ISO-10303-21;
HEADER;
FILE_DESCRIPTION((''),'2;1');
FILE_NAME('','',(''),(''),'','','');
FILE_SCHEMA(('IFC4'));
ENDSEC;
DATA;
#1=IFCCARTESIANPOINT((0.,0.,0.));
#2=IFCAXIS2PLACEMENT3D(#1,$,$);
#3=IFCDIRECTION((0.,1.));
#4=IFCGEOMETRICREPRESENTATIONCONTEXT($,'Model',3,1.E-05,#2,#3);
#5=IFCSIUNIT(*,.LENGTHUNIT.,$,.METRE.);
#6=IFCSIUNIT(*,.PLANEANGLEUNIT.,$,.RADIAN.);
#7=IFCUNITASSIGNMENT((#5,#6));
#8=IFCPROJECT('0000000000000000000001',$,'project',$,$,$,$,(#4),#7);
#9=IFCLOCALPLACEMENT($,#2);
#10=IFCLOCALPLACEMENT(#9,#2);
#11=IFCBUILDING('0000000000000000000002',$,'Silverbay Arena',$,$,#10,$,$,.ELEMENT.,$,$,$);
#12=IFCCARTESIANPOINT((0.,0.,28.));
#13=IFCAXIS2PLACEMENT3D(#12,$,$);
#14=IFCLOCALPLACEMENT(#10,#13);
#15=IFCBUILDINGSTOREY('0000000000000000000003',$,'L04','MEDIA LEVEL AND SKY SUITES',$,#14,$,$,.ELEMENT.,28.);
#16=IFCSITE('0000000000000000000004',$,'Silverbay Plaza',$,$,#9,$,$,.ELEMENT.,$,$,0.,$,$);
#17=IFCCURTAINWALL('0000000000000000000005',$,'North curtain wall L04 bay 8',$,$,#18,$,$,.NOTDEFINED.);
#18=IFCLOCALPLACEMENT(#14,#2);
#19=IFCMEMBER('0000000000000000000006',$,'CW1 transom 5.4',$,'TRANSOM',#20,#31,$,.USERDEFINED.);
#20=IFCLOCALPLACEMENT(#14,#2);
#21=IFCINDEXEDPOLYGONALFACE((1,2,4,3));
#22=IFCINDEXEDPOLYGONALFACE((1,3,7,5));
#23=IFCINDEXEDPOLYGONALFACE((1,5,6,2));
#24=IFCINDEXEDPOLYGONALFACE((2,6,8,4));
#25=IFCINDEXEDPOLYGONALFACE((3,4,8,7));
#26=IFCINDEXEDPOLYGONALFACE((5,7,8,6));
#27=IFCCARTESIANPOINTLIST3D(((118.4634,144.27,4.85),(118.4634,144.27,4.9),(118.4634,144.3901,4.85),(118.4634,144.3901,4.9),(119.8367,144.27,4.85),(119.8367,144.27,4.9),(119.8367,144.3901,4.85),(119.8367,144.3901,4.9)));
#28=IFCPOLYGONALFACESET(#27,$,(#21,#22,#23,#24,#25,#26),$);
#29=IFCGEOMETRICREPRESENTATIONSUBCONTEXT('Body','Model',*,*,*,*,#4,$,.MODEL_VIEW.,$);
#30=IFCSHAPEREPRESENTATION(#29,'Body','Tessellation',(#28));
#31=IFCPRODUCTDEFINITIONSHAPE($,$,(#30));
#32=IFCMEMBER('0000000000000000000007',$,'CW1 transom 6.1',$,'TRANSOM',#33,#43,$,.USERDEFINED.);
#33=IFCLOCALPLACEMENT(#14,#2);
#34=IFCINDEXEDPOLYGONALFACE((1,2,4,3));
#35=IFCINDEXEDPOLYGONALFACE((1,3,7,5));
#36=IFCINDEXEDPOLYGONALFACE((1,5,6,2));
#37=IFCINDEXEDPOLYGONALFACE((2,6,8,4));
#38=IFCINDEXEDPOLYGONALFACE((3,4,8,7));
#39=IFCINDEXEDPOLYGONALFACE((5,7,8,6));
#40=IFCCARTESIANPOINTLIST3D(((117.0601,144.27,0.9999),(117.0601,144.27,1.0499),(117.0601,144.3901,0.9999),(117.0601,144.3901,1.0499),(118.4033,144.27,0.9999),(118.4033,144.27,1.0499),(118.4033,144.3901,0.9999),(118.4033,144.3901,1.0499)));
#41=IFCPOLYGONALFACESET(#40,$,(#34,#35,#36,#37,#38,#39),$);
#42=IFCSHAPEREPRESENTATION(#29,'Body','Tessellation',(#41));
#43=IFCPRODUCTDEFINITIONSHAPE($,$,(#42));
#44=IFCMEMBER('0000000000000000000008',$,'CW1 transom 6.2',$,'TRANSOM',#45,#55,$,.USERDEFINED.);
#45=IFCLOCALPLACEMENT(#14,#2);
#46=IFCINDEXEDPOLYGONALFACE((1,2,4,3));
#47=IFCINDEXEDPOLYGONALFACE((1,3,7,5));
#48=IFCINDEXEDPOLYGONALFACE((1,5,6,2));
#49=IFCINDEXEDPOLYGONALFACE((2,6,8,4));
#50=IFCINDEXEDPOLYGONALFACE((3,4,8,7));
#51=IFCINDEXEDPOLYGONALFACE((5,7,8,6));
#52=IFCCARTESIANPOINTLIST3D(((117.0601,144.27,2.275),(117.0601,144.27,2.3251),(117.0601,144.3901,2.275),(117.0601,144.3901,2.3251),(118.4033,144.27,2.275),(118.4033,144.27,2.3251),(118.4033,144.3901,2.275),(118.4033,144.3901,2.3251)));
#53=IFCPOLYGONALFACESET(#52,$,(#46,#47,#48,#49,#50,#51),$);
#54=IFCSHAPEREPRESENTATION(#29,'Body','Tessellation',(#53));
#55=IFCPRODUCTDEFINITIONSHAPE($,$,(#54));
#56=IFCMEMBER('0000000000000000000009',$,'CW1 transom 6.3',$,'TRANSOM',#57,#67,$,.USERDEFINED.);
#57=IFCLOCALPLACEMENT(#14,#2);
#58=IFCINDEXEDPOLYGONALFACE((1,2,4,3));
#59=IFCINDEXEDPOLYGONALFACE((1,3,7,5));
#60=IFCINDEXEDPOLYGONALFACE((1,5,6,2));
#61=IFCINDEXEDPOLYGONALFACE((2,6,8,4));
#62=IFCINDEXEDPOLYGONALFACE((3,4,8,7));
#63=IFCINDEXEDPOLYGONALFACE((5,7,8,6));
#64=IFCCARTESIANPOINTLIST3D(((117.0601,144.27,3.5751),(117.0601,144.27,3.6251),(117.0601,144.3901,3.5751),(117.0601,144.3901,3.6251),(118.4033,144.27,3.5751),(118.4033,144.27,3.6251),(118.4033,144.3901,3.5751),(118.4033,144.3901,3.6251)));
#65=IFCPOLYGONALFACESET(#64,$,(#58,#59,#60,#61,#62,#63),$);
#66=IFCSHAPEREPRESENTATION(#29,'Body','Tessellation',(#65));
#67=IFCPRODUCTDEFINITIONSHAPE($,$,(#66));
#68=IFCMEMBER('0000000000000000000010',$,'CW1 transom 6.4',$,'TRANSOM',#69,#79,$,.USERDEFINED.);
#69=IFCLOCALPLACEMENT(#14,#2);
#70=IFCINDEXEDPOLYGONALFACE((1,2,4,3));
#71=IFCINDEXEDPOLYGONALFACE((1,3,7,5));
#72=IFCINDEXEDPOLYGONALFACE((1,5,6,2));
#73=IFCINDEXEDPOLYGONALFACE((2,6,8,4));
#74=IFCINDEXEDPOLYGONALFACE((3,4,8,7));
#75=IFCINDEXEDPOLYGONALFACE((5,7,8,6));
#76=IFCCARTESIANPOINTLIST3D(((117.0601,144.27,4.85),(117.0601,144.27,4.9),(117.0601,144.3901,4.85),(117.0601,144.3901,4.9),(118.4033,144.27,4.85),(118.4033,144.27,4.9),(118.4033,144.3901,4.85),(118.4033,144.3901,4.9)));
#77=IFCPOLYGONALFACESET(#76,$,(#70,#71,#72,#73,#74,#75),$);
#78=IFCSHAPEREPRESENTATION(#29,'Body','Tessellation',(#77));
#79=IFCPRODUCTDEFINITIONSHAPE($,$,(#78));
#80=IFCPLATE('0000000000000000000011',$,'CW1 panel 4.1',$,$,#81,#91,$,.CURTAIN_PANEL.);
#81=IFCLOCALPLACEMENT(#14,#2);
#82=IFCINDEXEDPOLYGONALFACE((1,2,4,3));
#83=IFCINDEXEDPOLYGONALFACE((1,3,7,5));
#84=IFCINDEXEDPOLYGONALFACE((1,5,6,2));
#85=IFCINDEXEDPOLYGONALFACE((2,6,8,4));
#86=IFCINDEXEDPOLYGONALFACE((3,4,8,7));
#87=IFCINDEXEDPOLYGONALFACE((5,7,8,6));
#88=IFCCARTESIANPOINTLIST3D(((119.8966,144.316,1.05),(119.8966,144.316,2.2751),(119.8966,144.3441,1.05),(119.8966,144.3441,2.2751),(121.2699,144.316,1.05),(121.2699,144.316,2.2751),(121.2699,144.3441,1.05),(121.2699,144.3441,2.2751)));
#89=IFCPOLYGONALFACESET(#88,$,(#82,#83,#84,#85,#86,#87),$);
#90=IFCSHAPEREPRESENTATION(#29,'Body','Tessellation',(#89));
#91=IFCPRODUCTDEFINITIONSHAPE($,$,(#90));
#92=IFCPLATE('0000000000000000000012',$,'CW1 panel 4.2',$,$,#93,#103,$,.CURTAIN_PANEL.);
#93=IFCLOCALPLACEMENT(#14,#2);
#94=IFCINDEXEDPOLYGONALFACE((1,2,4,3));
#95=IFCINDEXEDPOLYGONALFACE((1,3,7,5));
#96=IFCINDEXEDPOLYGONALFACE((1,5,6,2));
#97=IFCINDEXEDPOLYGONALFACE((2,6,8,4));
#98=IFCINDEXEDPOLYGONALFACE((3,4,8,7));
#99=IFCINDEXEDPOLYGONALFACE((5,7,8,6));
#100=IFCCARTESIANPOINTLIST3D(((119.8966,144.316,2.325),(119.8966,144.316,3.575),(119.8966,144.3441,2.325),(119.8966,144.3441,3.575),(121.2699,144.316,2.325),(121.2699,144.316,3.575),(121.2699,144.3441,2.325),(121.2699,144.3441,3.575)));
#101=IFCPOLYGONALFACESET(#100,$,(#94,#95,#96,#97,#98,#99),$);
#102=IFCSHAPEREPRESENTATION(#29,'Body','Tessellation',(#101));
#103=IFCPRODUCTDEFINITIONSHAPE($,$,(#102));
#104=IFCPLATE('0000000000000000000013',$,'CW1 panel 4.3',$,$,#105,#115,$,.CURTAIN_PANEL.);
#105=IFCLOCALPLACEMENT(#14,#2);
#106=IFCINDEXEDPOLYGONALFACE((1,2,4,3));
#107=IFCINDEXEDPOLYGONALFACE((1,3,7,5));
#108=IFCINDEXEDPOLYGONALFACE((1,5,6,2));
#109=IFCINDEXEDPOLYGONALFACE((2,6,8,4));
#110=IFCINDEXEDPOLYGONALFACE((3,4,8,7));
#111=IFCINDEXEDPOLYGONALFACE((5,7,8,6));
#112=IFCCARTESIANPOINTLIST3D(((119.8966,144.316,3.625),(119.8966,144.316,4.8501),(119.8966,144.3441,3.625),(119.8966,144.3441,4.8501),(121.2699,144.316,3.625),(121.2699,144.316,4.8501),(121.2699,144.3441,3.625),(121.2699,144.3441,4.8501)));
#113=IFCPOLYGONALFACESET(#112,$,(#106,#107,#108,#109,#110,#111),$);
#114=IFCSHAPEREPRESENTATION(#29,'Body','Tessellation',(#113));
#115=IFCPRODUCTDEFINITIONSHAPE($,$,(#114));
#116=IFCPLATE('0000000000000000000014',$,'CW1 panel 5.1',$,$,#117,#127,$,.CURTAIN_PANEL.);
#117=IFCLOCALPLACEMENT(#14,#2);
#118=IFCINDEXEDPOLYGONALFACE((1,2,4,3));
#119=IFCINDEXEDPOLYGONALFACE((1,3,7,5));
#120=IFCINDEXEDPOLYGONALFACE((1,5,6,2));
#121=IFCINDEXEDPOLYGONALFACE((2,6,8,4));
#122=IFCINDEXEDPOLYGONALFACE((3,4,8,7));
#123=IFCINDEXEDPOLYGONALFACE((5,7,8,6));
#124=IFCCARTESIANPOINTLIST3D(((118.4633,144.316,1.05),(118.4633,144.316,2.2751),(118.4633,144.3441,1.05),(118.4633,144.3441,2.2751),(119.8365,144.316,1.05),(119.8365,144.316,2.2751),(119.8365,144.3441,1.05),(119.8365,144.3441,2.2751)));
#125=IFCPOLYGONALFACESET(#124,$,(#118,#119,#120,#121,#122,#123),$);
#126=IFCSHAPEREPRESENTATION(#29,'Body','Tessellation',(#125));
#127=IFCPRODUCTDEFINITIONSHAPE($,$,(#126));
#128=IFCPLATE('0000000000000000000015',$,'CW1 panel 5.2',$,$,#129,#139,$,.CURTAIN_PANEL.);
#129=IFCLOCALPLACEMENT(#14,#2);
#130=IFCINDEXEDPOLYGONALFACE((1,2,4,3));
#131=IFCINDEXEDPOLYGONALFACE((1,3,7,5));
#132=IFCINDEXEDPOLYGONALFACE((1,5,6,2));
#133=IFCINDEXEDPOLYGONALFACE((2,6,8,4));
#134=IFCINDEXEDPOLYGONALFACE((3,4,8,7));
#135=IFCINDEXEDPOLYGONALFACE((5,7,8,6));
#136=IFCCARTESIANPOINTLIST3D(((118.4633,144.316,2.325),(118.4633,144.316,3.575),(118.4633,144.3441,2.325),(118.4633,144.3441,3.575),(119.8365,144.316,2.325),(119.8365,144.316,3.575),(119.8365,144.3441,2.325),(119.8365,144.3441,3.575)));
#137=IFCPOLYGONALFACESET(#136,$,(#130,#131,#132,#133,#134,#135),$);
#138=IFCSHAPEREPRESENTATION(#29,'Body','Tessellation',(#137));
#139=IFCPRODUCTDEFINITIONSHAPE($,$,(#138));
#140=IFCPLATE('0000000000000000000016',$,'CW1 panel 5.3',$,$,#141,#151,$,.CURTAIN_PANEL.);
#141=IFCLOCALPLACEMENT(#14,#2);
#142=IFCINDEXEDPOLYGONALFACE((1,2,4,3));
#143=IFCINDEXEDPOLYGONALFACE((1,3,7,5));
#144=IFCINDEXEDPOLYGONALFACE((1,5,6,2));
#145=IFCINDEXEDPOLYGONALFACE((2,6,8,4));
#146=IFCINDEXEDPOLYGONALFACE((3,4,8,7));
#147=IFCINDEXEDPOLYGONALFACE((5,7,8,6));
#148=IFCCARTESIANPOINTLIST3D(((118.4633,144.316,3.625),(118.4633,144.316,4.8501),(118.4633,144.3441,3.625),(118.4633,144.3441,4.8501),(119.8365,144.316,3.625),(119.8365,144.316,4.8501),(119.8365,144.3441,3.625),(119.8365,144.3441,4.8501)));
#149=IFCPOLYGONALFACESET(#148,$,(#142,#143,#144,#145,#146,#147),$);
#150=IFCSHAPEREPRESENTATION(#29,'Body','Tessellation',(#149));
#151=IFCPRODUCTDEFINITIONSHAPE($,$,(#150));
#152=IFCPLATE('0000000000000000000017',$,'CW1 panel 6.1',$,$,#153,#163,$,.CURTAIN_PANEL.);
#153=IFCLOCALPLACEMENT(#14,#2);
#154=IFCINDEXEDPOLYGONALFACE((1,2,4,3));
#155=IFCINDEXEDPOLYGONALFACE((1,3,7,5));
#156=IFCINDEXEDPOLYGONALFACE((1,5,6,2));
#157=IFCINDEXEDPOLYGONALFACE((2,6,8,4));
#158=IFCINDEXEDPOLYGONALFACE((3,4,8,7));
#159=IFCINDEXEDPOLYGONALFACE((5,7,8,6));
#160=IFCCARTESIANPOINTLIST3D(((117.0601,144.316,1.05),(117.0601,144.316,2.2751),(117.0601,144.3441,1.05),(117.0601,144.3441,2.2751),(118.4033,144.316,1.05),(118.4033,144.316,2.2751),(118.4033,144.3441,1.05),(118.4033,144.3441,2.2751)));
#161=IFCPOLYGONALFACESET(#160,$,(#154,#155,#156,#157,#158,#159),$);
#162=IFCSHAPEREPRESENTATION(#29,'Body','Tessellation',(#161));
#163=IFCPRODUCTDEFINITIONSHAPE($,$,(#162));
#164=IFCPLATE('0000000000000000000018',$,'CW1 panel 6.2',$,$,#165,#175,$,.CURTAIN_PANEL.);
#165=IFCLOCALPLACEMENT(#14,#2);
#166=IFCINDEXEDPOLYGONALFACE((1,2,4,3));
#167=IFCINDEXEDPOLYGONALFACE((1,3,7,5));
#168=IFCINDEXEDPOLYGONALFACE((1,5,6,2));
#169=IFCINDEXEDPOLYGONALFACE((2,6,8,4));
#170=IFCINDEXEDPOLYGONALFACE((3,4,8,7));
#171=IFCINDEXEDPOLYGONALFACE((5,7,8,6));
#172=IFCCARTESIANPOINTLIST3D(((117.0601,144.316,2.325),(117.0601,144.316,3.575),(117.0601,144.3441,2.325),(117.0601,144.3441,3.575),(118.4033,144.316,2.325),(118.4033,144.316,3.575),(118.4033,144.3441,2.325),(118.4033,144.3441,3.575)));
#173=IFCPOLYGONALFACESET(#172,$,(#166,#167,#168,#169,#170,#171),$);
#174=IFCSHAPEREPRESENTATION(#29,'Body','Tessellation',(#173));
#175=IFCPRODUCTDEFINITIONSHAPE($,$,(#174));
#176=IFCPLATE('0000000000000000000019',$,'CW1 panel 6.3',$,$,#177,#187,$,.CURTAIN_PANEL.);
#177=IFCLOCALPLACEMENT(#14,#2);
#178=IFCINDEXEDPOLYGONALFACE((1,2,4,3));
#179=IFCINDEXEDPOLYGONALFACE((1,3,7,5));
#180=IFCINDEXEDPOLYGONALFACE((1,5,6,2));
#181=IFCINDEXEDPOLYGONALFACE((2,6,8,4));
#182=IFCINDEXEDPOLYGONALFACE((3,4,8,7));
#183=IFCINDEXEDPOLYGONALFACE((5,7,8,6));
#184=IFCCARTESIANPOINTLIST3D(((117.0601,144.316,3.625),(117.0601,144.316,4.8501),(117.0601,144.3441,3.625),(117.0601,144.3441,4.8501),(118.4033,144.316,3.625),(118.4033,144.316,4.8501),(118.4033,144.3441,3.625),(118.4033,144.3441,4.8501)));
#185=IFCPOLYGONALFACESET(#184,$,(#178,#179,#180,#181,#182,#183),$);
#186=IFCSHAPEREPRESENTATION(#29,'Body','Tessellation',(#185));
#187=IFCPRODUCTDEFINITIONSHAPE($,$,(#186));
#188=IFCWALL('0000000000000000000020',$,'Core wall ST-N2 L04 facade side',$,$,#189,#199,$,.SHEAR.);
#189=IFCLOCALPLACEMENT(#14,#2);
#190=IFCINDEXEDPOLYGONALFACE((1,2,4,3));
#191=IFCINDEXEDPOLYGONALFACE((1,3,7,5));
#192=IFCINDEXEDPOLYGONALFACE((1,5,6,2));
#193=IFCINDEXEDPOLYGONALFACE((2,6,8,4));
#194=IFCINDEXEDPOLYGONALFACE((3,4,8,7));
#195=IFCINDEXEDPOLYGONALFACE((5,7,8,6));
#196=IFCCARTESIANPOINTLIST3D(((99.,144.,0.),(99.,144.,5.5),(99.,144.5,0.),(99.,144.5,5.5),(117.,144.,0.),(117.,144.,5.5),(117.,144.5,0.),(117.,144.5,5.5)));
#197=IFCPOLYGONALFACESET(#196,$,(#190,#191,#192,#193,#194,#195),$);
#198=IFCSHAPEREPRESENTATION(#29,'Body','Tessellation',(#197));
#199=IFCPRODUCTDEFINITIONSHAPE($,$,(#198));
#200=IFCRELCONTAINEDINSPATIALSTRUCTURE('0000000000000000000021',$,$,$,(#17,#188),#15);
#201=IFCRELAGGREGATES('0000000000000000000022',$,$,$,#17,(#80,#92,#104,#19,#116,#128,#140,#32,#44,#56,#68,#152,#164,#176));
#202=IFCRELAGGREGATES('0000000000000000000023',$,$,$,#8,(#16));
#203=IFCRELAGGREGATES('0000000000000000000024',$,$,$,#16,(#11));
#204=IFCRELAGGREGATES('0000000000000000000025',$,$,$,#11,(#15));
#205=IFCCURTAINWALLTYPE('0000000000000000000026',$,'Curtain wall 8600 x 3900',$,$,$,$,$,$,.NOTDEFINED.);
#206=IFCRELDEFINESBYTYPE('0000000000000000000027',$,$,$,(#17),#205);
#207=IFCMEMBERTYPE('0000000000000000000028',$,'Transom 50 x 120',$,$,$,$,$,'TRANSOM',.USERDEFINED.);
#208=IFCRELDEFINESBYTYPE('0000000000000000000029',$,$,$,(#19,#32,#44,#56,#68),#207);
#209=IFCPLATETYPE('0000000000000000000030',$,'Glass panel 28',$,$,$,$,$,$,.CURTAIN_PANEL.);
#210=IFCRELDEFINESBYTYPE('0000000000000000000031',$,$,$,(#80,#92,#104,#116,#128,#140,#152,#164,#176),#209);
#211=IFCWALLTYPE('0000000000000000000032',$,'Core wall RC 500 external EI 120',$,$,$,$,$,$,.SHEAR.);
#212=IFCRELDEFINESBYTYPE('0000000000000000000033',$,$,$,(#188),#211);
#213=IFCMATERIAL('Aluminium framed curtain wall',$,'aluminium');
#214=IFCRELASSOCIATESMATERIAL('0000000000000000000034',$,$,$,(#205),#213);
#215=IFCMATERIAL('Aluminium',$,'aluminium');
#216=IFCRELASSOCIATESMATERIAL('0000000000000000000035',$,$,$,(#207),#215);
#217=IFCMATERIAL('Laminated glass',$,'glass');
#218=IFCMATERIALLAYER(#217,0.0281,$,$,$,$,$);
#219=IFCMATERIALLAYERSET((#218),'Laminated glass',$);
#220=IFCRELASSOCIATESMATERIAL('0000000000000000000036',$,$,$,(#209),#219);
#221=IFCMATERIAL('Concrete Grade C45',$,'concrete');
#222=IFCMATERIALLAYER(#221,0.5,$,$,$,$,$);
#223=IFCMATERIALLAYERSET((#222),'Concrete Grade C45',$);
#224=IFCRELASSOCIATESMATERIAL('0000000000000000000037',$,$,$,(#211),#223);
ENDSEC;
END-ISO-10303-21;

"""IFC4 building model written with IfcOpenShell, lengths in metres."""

from ifc_helpers import new_model, si_unit, direction, frame, frame_2d, origin, origin_2d, place, context, subcontext, project, spatial, rectangle, extrude, material, layer, layer_set, material_profile, profile_set, type_object, element, aggregate, save


model = new_model("IFC4")

# Units and contexts
model_context = context("Model", 3, precision=1e-05, world=origin(), true_north=direction((0.0, 1.0)))
body_context = subcontext(model_context, "Body", "Model", "MODEL_VIEW")
ifc_project = project(units=[si_unit("LENGTHUNIT", "METRE"), si_unit("PLANEANGLEUNIT", "RADIAN")], contexts=[model_context])

# Site, building, storey
site_placement = place(None, origin())
site = spatial("IfcSite", under=ifc_project, at=site_placement, Name="Silverbay Plaza", CompositionType="ELEMENT", RefElevation=0.0)
building_placement = place(site_placement, origin())
building = spatial("IfcBuilding", under=site, at=building_placement, Name="Silverbay Arena", CompositionType="ELEMENT")
storey_placement = place(building_placement, frame((0.0, 0.0, 28.0)))
storey = spatial("IfcBuildingStorey", under=building, at=storey_placement, Name="L04", Description="MEDIA LEVEL AND SKY SUITES", CompositionType="ELEMENT", Elevation=28.0)

# Curtain wall
ifc_material_1 = material(Name="Aluminium framed curtain wall", Category="aluminium")
curtain_wall_type = type_object("IfcCurtainWallType", Name="Curtain wall 8600 x 3900", PredefinedType="NOTDEFINED", material=ifc_material_1)
curtain_wall_placement = place(storey_placement, origin())
curtain_wall = element("IfcCurtainWall", 1, at=curtain_wall_placement, inside=storey, type_object=curtain_wall_type, Name="North curtain wall L04 bay 8", PredefinedType="NOTDEFINED")

# Members
ifc_material_2 = material(Name="Aluminium", Category="aluminium")
ifc_material_profile_1 = material_profile(ifc_material_2, rectangle(XDim=0.1201, YDim=0.05, at=origin_2d()), Name="Transom 50 x 120")
ifc_profile_set_1 = profile_set([ifc_material_profile_1], Name="Aluminium")
member_type_1 = type_object("IfcMemberType", Name="Transom 50 x 120", ElementType="TRANSOM", PredefinedType="USERDEFINED", material=ifc_profile_set_1)
member_1_placement = place(storey_placement, frame((119.8367, 144.3301, 4.875), z_axis=(-1.0, 0.0, 0.0), x_axis=(0.0, -1.0, 0.0)))
member_1 = element("IfcMember", 2, at=member_1_placement, type_object=member_type_1, Name="CW1 transom 5.4", ObjectType="TRANSOM", PredefinedType="USERDEFINED", context=body_context, shape_type="SweptSolid", body=[
    extrude(rectangle(XDim=0.1201, YDim=0.05, at=origin_2d()), origin(), (0.0, 0.0, 1.0), 1.3733),
])
member_2_placement = place(storey_placement, frame((118.4033, 144.3301, 1.0249), z_axis=(-1.0, 0.0, 0.0), x_axis=(0.0, -1.0, 0.0)))
member_2 = element("IfcMember", 3, at=member_2_placement, type_object=member_type_1, Name="CW1 transom 6.1", ObjectType="TRANSOM", PredefinedType="USERDEFINED", context=body_context, shape_type="SweptSolid", body=[
    extrude(rectangle(XDim=0.1201, YDim=0.05, at=origin_2d()), origin(), (0.0, 0.0, 1.0), 1.3433),
])
member_3_placement = place(storey_placement, frame((118.4033, 144.3301, 2.3), z_axis=(-1.0, 0.0, 0.0), x_axis=(0.0, -1.0, 0.0)))
member_3 = element("IfcMember", 4, at=member_3_placement, type_object=member_type_1, Name="CW1 transom 6.2", ObjectType="TRANSOM", PredefinedType="USERDEFINED", context=body_context, shape_type="SweptSolid", body=[
    extrude(rectangle(XDim=0.1201, YDim=0.05, at=origin_2d()), origin(), (0.0, 0.0, 1.0), 1.3433),
])
member_4_placement = place(storey_placement, frame((118.4033, 144.3301, 3.6001), z_axis=(-1.0, 0.0, 0.0), x_axis=(0.0, -1.0, 0.0)))
member_4 = element("IfcMember", 5, at=member_4_placement, type_object=member_type_1, Name="CW1 transom 6.3", ObjectType="TRANSOM", PredefinedType="USERDEFINED", context=body_context, shape_type="SweptSolid", body=[
    extrude(rectangle(XDim=0.1201, YDim=0.05, at=origin_2d()), origin(), (0.0, 0.0, 1.0), 1.3433),
])
member_5_placement = place(storey_placement, frame((118.4033, 144.3301, 4.875), z_axis=(-1.0, 0.0, 0.0), x_axis=(0.0, -1.0, 0.0)))
member_5 = element("IfcMember", 6, at=member_5_placement, type_object=member_type_1, Name="CW1 transom 6.4", ObjectType="TRANSOM", PredefinedType="USERDEFINED", context=body_context, shape_type="SweptSolid", body=[
    extrude(rectangle(XDim=0.1201, YDim=0.05, at=origin_2d()), origin(), (0.0, 0.0, 1.0), 1.3433),
])

# Plates
ifc_material_3 = material(Name="Laminated glass", Category="glass")
ifc_layer_1 = layer(ifc_material_3, 0.0281)
ifc_layer_set_1 = layer_set([ifc_layer_1], Name="Laminated glass")
plate_type = type_object("IfcPlateType", Name="Glass panel 28", PredefinedType="CURTAIN_PANEL", material=ifc_layer_set_1)
plate_1_placement = place(storey_placement, frame((120.5833, 144.3301, 1.05), z_axis=(0.0, 0.0, 1.0), x_axis=(-1.0, 0.0, 0.0)))
plate_1 = element("IfcPlate", 7, at=plate_1_placement, type_object=plate_type, Name="CW1 panel 4.1", PredefinedType="CURTAIN_PANEL", context=body_context, shape_type="SweptSolid", body=[
    extrude(rectangle(XDim=1.3733, YDim=0.0281, at=origin_2d()), origin(), (0.0, 0.0, 1.0), 1.2251),
])
plate_2_placement = place(storey_placement, frame((120.5833, 144.3301, 2.325), z_axis=(0.0, 0.0, 1.0), x_axis=(-1.0, 0.0, 0.0)))
plate_2 = element("IfcPlate", 8, at=plate_2_placement, type_object=plate_type, Name="CW1 panel 4.2", PredefinedType="CURTAIN_PANEL", context=body_context, shape_type="SweptSolid", body=[
    extrude(rectangle(XDim=1.3733, YDim=0.0281, at=origin_2d()), origin(), (0.0, 0.0, 1.0), 1.25),
])
plate_3_placement = place(storey_placement, frame((120.5833, 144.3301, 3.625), z_axis=(0.0, 0.0, 1.0), x_axis=(-1.0, 0.0, 0.0)))
plate_3 = element("IfcPlate", 9, at=plate_3_placement, type_object=plate_type, Name="CW1 panel 4.3", PredefinedType="CURTAIN_PANEL", context=body_context, shape_type="SweptSolid", body=[
    extrude(rectangle(XDim=1.3733, YDim=0.0281, at=origin_2d()), origin(), (0.0, 0.0, 1.0), 1.2251),
])
plate_4_placement = place(storey_placement, frame((119.1499, 144.3301, 1.05), z_axis=(0.0, 0.0, 1.0), x_axis=(-1.0, 0.0, 0.0)))
plate_4 = element("IfcPlate", 10, at=plate_4_placement, type_object=plate_type, Name="CW1 panel 5.1", PredefinedType="CURTAIN_PANEL", context=body_context, shape_type="SweptSolid", body=[
    extrude(rectangle(XDim=1.3733, YDim=0.0281, at=origin_2d()), origin(), (0.0, 0.0, 1.0), 1.2251),
])
plate_5_placement = place(storey_placement, frame((119.1499, 144.3301, 2.325), z_axis=(0.0, 0.0, 1.0), x_axis=(-1.0, 0.0, 0.0)))
plate_5 = element("IfcPlate", 11, at=plate_5_placement, type_object=plate_type, Name="CW1 panel 5.2", PredefinedType="CURTAIN_PANEL", context=body_context, shape_type="SweptSolid", body=[
    extrude(rectangle(XDim=1.3733, YDim=0.0281, at=origin_2d()), origin(), (0.0, 0.0, 1.0), 1.25),
])
plate_6_placement = place(storey_placement, frame((119.1499, 144.3301, 3.625), z_axis=(0.0, 0.0, 1.0), x_axis=(-1.0, 0.0, 0.0)))
plate_6 = element("IfcPlate", 12, at=plate_6_placement, type_object=plate_type, Name="CW1 panel 5.3", PredefinedType="CURTAIN_PANEL", context=body_context, shape_type="SweptSolid", body=[
    extrude(rectangle(XDim=1.3733, YDim=0.0281, at=origin_2d()), origin(), (0.0, 0.0, 1.0), 1.2251),
])
plate_7_placement = place(storey_placement, frame((117.7317, 144.3301, 1.05), z_axis=(0.0, 0.0, 1.0), x_axis=(-1.0, 0.0, 0.0)))
plate_7 = element("IfcPlate", 13, at=plate_7_placement, type_object=plate_type, Name="CW1 panel 6.1", PredefinedType="CURTAIN_PANEL", context=body_context, shape_type="SweptSolid", body=[
    extrude(rectangle(XDim=1.3433, YDim=0.0281, at=origin_2d()), origin(), (0.0, 0.0, 1.0), 1.2251),
])
plate_8_placement = place(storey_placement, frame((117.7317, 144.3301, 2.325), z_axis=(0.0, 0.0, 1.0), x_axis=(-1.0, 0.0, 0.0)))
plate_8 = element("IfcPlate", 14, at=plate_8_placement, type_object=plate_type, Name="CW1 panel 6.2", PredefinedType="CURTAIN_PANEL", context=body_context, shape_type="SweptSolid", body=[
    extrude(rectangle(XDim=1.3433, YDim=0.0281, at=origin_2d()), origin(), (0.0, 0.0, 1.0), 1.25),
])
plate_9_placement = place(storey_placement, frame((117.7317, 144.3301, 3.625), z_axis=(0.0, 0.0, 1.0), x_axis=(-1.0, 0.0, 0.0)))
plate_9 = element("IfcPlate", 15, at=plate_9_placement, type_object=plate_type, Name="CW1 panel 6.3", PredefinedType="CURTAIN_PANEL", context=body_context, shape_type="SweptSolid", body=[
    extrude(rectangle(XDim=1.3433, YDim=0.0281, at=origin_2d()), origin(), (0.0, 0.0, 1.0), 1.2251),
])
aggregate(curtain_wall, [plate_1, plate_2, plate_3, member_1, plate_4, plate_5, plate_6, member_2, member_3, member_4, member_5, plate_7, plate_8, plate_9])

# Wall
ifc_material_4 = material(Name="Concrete Grade C45", Category="concrete")
ifc_layer_2 = layer(ifc_material_4, 0.5)
ifc_layer_set_2 = layer_set([ifc_layer_2], Name="Concrete Grade C45")
wall_type_1 = type_object("IfcWallType", Name="Core wall RC 500 external EI 120", PredefinedType="SHEAR", material=ifc_layer_set_2)
wall_1_placement = place(storey_placement, frame((117.0, 144.25, 0.0), z_axis=(0.0, 0.0, 1.0), x_axis=(-1.0, 0.0, 0.0)))
element("IfcWall", 16, at=wall_1_placement, inside=storey, type_object=wall_type_1, Name="Core wall ST-N2 L04 facade side", PredefinedType="SHEAR", context=body_context, shape_type="SweptSolid", body=[
    extrude(rectangle(XDim=18.0, YDim=0.5, at=frame_2d((9.0, 0.0))), origin(), (0.0, 0.0, 1.0), 5.5),
])

save(model, "model.ifc")
